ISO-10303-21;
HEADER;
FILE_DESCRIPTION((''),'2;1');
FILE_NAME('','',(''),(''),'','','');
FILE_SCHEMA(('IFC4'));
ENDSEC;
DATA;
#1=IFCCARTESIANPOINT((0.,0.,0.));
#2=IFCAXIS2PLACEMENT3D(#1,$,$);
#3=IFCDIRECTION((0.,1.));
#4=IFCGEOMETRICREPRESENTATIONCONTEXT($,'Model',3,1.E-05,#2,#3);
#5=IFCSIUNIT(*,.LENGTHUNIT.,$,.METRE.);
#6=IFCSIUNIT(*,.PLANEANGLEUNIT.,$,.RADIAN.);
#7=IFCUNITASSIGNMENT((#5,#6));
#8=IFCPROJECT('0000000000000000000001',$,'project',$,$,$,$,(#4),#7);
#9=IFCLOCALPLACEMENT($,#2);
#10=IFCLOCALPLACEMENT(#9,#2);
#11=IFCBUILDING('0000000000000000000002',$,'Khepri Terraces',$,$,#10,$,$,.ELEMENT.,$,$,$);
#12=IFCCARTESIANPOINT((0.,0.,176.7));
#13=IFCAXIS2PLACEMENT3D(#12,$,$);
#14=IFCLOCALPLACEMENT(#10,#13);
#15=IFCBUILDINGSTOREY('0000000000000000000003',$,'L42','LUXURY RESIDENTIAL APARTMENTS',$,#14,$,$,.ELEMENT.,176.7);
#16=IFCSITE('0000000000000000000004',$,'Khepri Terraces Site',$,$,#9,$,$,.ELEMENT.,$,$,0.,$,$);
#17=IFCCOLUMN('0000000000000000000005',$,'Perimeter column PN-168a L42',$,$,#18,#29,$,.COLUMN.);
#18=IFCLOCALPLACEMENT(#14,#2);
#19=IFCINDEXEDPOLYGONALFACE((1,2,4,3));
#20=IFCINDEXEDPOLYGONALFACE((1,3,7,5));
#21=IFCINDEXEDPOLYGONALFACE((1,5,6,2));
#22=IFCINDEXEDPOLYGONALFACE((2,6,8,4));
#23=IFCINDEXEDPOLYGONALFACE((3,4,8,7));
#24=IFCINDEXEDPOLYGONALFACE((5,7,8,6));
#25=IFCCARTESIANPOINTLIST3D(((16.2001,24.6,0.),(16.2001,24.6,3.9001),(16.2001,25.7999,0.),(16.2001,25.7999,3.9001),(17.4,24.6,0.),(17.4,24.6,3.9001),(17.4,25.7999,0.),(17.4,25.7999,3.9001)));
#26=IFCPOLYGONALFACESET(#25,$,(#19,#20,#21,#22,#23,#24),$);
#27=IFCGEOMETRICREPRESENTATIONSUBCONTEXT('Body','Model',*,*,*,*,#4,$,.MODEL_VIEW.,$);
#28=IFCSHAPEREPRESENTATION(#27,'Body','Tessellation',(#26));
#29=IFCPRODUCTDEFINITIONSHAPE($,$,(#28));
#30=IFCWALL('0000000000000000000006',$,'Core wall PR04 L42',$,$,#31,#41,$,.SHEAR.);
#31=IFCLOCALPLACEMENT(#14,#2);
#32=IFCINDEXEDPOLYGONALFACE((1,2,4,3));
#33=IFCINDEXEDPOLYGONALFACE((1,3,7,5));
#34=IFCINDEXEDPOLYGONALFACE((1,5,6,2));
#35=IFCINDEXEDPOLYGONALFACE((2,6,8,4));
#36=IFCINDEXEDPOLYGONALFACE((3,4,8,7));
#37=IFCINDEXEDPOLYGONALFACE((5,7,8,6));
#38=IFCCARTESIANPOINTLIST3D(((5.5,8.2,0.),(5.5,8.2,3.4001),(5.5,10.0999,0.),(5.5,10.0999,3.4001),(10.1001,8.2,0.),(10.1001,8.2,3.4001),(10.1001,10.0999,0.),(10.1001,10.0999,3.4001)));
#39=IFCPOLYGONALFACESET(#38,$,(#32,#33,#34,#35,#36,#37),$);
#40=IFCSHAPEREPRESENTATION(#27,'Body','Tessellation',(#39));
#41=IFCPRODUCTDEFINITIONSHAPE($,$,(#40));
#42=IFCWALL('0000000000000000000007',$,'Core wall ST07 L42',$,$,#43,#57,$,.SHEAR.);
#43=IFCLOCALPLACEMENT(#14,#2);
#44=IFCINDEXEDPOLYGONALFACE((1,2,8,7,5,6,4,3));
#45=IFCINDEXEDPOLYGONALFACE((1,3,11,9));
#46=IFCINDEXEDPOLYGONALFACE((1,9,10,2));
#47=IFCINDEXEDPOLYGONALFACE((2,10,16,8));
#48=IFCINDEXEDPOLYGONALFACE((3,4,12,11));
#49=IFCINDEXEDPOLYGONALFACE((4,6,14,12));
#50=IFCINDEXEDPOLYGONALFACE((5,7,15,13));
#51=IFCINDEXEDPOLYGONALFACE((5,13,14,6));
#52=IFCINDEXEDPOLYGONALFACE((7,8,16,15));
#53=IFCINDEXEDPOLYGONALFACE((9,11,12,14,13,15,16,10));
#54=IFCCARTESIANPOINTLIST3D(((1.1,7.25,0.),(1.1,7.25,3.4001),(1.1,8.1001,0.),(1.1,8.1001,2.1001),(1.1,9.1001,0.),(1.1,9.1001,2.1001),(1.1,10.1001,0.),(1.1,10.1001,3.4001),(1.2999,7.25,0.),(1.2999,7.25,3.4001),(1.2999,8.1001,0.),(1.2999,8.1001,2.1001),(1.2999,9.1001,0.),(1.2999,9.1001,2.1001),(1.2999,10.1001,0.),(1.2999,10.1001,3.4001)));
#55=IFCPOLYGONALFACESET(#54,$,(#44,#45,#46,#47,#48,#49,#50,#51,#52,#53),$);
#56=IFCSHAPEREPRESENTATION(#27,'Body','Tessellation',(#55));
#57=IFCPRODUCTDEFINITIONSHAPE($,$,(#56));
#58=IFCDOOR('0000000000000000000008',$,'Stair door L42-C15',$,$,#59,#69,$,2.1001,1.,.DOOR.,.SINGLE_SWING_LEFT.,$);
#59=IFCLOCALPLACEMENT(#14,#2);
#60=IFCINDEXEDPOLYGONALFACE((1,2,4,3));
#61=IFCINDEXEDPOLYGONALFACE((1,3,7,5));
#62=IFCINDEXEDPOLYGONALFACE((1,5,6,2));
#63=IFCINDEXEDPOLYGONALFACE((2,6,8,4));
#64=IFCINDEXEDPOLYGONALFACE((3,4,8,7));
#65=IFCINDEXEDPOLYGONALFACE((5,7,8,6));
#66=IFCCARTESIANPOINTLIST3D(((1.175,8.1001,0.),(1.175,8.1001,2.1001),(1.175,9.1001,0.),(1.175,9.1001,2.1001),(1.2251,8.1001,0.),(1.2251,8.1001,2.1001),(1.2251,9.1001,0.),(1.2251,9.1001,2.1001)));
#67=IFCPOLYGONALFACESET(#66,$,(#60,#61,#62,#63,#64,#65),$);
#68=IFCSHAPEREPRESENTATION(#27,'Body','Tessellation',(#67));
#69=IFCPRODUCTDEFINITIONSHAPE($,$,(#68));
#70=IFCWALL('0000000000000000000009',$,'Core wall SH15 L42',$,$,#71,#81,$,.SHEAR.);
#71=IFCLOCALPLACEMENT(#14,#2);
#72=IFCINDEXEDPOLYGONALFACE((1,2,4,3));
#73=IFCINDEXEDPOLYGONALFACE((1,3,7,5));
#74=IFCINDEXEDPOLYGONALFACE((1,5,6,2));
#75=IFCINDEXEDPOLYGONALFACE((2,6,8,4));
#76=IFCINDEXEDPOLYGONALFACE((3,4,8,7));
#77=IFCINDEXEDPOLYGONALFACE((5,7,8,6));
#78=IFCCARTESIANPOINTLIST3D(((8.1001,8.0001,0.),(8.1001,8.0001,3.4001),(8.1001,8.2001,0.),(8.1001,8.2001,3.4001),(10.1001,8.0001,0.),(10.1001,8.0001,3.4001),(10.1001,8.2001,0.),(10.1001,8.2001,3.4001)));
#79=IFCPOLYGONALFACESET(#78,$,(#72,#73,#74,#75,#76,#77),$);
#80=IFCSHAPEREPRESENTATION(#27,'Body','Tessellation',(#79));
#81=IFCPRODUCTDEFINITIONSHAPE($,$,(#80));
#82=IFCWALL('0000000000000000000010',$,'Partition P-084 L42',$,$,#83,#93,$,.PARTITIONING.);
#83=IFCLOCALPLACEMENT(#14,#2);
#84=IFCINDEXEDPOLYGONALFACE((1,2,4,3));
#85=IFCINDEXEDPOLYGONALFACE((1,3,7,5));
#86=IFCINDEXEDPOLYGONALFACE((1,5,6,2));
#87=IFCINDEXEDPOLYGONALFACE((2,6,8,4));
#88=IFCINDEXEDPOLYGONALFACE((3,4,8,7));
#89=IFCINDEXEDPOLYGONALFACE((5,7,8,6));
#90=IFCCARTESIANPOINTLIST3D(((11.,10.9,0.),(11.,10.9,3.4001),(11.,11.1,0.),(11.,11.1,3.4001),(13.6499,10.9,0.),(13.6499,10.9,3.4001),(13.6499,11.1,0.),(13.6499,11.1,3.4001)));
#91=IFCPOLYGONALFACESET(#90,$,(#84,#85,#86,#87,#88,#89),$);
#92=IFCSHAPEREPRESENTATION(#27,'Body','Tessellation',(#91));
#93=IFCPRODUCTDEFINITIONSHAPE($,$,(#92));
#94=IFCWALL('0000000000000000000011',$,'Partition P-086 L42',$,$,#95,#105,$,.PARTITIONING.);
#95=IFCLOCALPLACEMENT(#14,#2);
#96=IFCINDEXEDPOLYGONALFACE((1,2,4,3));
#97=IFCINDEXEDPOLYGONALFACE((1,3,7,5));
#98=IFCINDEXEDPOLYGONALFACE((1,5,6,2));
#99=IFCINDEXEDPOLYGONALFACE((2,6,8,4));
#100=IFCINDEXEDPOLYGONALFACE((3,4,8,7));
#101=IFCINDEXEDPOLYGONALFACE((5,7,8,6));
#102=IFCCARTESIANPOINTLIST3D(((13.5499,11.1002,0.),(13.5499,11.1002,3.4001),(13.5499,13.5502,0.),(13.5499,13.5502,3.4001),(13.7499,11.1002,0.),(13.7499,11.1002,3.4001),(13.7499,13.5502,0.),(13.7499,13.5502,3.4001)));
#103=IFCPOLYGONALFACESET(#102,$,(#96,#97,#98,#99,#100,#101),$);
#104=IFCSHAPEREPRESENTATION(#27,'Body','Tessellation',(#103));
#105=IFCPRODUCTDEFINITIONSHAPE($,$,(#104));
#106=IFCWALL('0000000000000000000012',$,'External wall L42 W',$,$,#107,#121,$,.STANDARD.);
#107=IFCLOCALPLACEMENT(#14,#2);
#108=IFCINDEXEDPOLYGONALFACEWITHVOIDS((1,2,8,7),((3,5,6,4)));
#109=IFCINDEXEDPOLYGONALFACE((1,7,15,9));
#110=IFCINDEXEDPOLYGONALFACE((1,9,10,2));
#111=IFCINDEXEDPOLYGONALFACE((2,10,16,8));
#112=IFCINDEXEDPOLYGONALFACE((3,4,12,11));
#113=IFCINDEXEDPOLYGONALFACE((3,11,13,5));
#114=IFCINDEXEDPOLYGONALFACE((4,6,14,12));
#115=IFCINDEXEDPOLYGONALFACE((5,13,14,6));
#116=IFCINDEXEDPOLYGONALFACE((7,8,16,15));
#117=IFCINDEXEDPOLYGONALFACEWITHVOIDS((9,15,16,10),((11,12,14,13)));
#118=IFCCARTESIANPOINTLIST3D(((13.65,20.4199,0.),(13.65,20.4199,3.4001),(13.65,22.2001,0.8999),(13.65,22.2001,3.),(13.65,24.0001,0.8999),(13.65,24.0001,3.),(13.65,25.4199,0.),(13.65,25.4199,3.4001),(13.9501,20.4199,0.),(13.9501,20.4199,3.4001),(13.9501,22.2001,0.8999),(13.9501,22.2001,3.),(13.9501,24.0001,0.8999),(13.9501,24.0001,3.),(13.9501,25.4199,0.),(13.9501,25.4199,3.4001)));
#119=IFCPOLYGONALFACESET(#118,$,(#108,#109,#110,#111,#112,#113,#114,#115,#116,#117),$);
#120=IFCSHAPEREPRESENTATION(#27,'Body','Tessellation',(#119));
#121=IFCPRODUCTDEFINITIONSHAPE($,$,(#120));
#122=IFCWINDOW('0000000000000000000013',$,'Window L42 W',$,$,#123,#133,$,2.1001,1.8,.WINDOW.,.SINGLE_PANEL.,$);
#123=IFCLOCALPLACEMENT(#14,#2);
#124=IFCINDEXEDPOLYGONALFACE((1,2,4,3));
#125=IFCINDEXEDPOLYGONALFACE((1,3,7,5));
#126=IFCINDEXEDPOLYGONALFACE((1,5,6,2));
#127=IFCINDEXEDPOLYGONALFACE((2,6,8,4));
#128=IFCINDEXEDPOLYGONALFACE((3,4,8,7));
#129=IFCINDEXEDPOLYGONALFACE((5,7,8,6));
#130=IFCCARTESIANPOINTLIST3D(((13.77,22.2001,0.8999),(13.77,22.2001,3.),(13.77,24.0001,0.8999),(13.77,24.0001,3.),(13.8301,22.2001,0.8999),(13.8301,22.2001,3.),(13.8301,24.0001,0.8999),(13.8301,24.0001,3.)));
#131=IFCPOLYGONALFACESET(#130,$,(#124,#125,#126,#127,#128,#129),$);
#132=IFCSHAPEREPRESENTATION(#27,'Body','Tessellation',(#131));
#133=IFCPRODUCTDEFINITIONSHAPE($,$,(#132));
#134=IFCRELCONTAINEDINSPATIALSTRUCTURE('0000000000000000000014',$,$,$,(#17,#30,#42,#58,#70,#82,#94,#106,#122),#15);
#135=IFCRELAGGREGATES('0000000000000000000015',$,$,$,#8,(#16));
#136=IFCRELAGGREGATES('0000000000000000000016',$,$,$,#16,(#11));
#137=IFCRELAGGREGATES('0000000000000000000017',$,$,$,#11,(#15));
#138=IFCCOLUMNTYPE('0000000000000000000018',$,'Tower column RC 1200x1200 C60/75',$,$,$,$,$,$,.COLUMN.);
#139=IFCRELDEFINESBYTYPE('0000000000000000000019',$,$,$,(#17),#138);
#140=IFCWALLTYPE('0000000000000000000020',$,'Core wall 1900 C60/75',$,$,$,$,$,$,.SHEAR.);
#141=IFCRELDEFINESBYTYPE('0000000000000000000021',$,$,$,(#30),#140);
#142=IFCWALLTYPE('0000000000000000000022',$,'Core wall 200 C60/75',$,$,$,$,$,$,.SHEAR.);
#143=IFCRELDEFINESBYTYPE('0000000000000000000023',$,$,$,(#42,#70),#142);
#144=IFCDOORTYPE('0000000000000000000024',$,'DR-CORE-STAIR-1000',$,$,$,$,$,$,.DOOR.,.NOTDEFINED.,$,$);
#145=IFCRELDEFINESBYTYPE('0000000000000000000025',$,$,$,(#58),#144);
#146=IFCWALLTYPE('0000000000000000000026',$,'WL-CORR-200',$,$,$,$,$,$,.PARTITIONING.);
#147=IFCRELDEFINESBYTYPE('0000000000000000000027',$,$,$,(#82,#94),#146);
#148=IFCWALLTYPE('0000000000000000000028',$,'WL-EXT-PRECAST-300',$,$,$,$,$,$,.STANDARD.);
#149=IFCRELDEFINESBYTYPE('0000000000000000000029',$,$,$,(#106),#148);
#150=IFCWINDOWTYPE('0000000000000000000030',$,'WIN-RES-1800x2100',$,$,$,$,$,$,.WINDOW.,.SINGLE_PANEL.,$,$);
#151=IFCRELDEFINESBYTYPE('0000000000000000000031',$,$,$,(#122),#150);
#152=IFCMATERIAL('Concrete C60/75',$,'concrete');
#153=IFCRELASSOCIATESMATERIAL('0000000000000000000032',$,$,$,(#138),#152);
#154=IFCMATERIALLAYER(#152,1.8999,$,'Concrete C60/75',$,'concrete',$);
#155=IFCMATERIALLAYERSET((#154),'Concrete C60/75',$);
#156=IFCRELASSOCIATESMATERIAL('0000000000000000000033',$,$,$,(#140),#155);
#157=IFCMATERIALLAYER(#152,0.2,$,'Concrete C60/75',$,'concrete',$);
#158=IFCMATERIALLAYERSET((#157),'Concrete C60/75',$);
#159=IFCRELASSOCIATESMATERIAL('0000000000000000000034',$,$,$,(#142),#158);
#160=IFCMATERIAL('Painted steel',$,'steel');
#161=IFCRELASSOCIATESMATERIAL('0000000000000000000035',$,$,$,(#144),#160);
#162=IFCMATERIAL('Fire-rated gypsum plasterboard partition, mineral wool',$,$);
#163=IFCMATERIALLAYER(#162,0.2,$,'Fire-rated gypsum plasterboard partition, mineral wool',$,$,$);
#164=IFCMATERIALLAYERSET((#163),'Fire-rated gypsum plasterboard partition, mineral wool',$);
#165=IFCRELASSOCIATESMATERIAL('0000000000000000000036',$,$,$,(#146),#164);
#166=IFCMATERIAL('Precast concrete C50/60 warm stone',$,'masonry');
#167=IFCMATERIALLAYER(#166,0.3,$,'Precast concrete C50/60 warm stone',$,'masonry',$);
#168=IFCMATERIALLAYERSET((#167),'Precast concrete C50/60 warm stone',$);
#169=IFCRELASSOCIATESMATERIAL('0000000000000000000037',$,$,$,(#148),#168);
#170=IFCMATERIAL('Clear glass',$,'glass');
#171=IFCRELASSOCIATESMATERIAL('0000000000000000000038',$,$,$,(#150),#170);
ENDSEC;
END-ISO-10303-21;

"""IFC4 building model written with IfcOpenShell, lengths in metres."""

from ifc_helpers import new_model, si_unit, direction, frame, frame_2d, origin, origin_2d, place, context, subcontext, project, spatial, rectangle, extrude, material, layer, layer_set, material_profile, profile_set, type_object, element, fill, save


model = new_model("IFC4")

# Units and contexts
model_context = context("Model", 3, precision=1e-05, world=origin(), true_north=direction((0.0, 1.0)))
body_context = subcontext(model_context, "Body", "Model", "MODEL_VIEW")
ifc_project = project(units=[si_unit("LENGTHUNIT", "METRE"), si_unit("PLANEANGLEUNIT", "RADIAN")], contexts=[model_context])

# Site, building, storey
site_placement = place(None, origin())
site = spatial("IfcSite", under=ifc_project, at=site_placement, Name="Khepri Terraces Site", CompositionType="ELEMENT", RefElevation=0.0)
building_placement = place(site_placement, origin())
building = spatial("IfcBuilding", under=site, at=building_placement, Name="Khepri Terraces", CompositionType="ELEMENT")
storey_placement = place(building_placement, frame((0.0, 0.0, 176.7)))
storey = spatial("IfcBuildingStorey", under=building, at=storey_placement, Name="L42", Description="LUXURY RESIDENTIAL APARTMENTS", CompositionType="ELEMENT", Elevation=176.7)

# Column
ifc_material_1 = material(Name="Concrete C60/75", Category="concrete")
ifc_material_profile = material_profile(ifc_material_1, rectangle(XDim=1.2, YDim=1.2, at=origin_2d()), Name="Concrete C60/75", Category="concrete")
ifc_profile_set = profile_set([ifc_material_profile], Name="Concrete C60/75")
column_type = type_object("IfcColumnType", Name="Tower column RC 1200x1200 C60/75", PredefinedType="COLUMN", material=ifc_profile_set)
column_placement = place(storey_placement, frame((16.8, 25.2, 0.0), z_axis=(0.0, 0.0, 1.0), x_axis=(1.0, 0.0, 0.0)))
element("IfcColumn", 1, at=column_placement, inside=storey, type_object=column_type, Name="Perimeter column PN-168a L42", PredefinedType="COLUMN", context=body_context, shape_type="SweptSolid", body=[
    extrude(rectangle(XDim=1.2, YDim=1.2, at=origin_2d()), origin(), (0.0, 0.0, 1.0), 3.9001),
])

# Wall
ifc_layer_1 = layer(ifc_material_1, 1.8999, Name="Concrete C60/75", Category="concrete")
ifc_layer_set_1 = layer_set([ifc_layer_1], Name="Concrete C60/75")
wall_type_1 = type_object("IfcWallType", Name="Core wall 1900 C60/75", PredefinedType="SHEAR", material=ifc_layer_set_1)
wall_1_placement = place(storey_placement, frame((5.5, 9.1499, 0.0), z_axis=(0.0, 0.0, 1.0), x_axis=(1.0, 0.0, 0.0)))
element("IfcWall", 2, at=wall_1_placement, inside=storey, type_object=wall_type_1, Name="Core wall PR04 L42", PredefinedType="SHEAR", context=body_context, shape_type="SweptSolid", body=[
    extrude(rectangle(XDim=4.6001, YDim=1.8999, at=frame_2d((2.3, 0.0))), origin(), (0.0, 0.0, 1.0), 3.4001),
])

# Wall, opening, door
ifc_layer_2 = layer(ifc_material_1, 0.2, Name="Concrete C60/75", Category="concrete")
ifc_layer_set_2 = layer_set([ifc_layer_2], Name="Concrete C60/75")
wall_type_2 = type_object("IfcWallType", Name="Core wall 200 C60/75", PredefinedType="SHEAR", material=ifc_layer_set_2)
wall_2_placement = place(storey_placement, frame((1.2, 7.25, 0.0), z_axis=(0.0, 0.0, 1.0), x_axis=(0.0, 1.0, 0.0)))
wall_2 = element("IfcWall", 3, at=wall_2_placement, inside=storey, type_object=wall_type_2, Name="Core wall ST07 L42", PredefinedType="SHEAR", context=body_context, shape_type="SweptSolid", body=[
    extrude(rectangle(XDim=2.8501, YDim=0.2, at=frame_2d((1.425, 0.0))), origin(), (0.0, 0.0, 1.0), 3.4001),
])
opening_1_placement = place(wall_2_placement, frame((0.8501, 0.0, 0.0)))
opening_1 = element("IfcOpeningElement", 4, at=opening_1_placement, cuts=wall_2, PredefinedType="OPENING", context=body_context, shape_type="SweptSolid", body=[
    extrude(rectangle(XDim=1.0, YDim=2.1001, at=frame_2d((0.5, 1.05))), frame((0.0, 0.1099, 0.0), z_axis=(0.0, -1.0, 0.0), x_axis=(1.0, 0.0, 0.0)), (0.0, 0.0, 1.0), 0.22),
])
ifc_material_2 = material(Name="Painted steel", Category="steel")
door_type_1 = type_object("IfcDoorType", Name="DR-CORE-STAIR-1000", OperationType="NOTDEFINED", PredefinedType="DOOR", material=ifc_material_2)
door_1_placement = place(opening_1_placement, origin())
door_1 = element("IfcDoor", 5, at=door_1_placement, inside=storey, type_object=door_type_1, Name="Stair door L42-C15", OperationType="SINGLE_SWING_LEFT", OverallHeight=2.1001, OverallWidth=1.0, PredefinedType="DOOR", context=body_context, shape_type="SweptSolid", body=[
    extrude(rectangle(XDim=1.0, YDim=2.1001, at=frame_2d((0.5, 1.05))), frame((0.0, 0.0249, 0.0), z_axis=(0.0, -1.0, 0.0), x_axis=(1.0, 0.0, 0.0)), (0.0, 0.0, 1.0), 0.05),
])
fill(opening_1, door_1)

# Walls
wall_3_placement = place(storey_placement, frame((8.1001, 8.1001, 0.0), z_axis=(0.0, 0.0, 1.0), x_axis=(1.0, 0.0, 0.0)))
element("IfcWall", 6, at=wall_3_placement, inside=storey, type_object=wall_type_2, Name="Core wall SH15 L42", PredefinedType="SHEAR", context=body_context, shape_type="SweptSolid", body=[
    extrude(rectangle(XDim=2.0, YDim=0.2, at=frame_2d((1.0, 0.0))), origin(), (0.0, 0.0, 1.0), 3.4001),
])
ifc_material_3 = material(Name="Fire-rated gypsum plasterboard partition, mineral wool")
ifc_layer_3 = layer(ifc_material_3, 0.2, Name="Fire-rated gypsum plasterboard partition, mineral wool")
ifc_layer_set_3 = layer_set([ifc_layer_3], Name="Fire-rated gypsum plasterboard partition, mineral wool")
wall_type_3 = type_object("IfcWallType", Name="WL-CORR-200", PredefinedType="PARTITIONING", material=ifc_layer_set_3)
wall_4_placement = place(storey_placement, frame((11.0, 11.0, 0.0), z_axis=(0.0, 0.0, 1.0), x_axis=(1.0, 0.0, 0.0)))
element("IfcWall", 7, at=wall_4_placement, inside=storey, type_object=wall_type_3, Name="Partition P-084 L42", PredefinedType="PARTITIONING", context=body_context, shape_type="SweptSolid", body=[
    extrude(rectangle(XDim=2.6499, YDim=0.2, at=frame_2d((1.325, 0.0))), origin(), (0.0, 0.0, 1.0), 3.4001),
])
wall_5_placement = place(storey_placement, frame((13.6499, 11.1001, 0.0), z_axis=(0.0, 0.0, 1.0), x_axis=(0.0, 1.0, 0.0)))
element("IfcWall", 8, at=wall_5_placement, inside=storey, type_object=wall_type_3, Name="Partition P-086 L42", PredefinedType="PARTITIONING", context=body_context, shape_type="SweptSolid", body=[
    extrude(rectangle(XDim=2.45, YDim=0.2, at=frame_2d((1.2251, 0.0))), origin(), (0.0, 0.0, 1.0), 3.4001),
])

# Shared definitions
ifc_material_4 = material(Name="Precast concrete C50/60 warm stone", Category="masonry")
ifc_layer_4 = layer(ifc_material_4, 0.3, Name="Precast concrete C50/60 warm stone", Category="masonry")
ifc_layer_set_4 = layer_set([ifc_layer_4], Name="Precast concrete C50/60 warm stone")
wall_type_4 = type_object("IfcWallType", Name="WL-EXT-PRECAST-300", PredefinedType="STANDARD", material=ifc_layer_set_4)

# Wall, opening, window
wall_6_placement = place(storey_placement, frame((13.8, 25.4199, 0.0), z_axis=(0.0, 0.0, 1.0), x_axis=(0.0, -1.0, 0.0)))
wall_6 = element("IfcWall", 9, at=wall_6_placement, inside=storey, type_object=wall_type_4, Name="External wall L42 W", PredefinedType="STANDARD", context=body_context, shape_type="SweptSolid", body=[
    extrude(rectangle(XDim=5.0, YDim=0.3, at=frame_2d((2.5, 0.0))), origin(), (0.0, 0.0, 1.0), 3.4001),
])
opening_2_placement = place(wall_6_placement, frame((1.4199, 0.0, 0.8999)))
opening_2 = element("IfcOpeningElement", 10, at=opening_2_placement, cuts=wall_6, PredefinedType="OPENING", context=body_context, shape_type="SweptSolid", body=[
    extrude(rectangle(XDim=1.8, YDim=2.1001, at=frame_2d((0.8999, 1.05))), frame((0.0, 0.1602, 0.0), z_axis=(0.0, -1.0, 0.0), x_axis=(1.0, 0.0, 0.0)), (0.0, 0.0, 1.0), 0.3201),
])
ifc_material_5 = material(Name="Clear glass", Category="glass")
window_type_1 = type_object("IfcWindowType", Name="WIN-RES-1800x2100", PartitioningType="SINGLE_PANEL", PredefinedType="WINDOW", material=ifc_material_5)
window_1_placement = place(opening_2_placement, origin())
window_1 = element("IfcWindow", 11, at=window_1_placement, inside=storey, type_object=window_type_1, Name="Window L42 W", OverallHeight=2.1001, OverallWidth=1.8, PartitioningType="SINGLE_PANEL", PredefinedType="WINDOW", context=body_context, shape_type="SweptSolid", body=[
    extrude(rectangle(XDim=1.8, YDim=2.1001, at=frame_2d((0.8999, 1.05))), frame((0.0, 0.03, 0.0), z_axis=(0.0, -1.0, 0.0), x_axis=(1.0, 0.0, 0.0)), (0.0, 0.0, 1.0), 0.0601),
])
fill(opening_2, window_1)

save(model, "model.ifc")
